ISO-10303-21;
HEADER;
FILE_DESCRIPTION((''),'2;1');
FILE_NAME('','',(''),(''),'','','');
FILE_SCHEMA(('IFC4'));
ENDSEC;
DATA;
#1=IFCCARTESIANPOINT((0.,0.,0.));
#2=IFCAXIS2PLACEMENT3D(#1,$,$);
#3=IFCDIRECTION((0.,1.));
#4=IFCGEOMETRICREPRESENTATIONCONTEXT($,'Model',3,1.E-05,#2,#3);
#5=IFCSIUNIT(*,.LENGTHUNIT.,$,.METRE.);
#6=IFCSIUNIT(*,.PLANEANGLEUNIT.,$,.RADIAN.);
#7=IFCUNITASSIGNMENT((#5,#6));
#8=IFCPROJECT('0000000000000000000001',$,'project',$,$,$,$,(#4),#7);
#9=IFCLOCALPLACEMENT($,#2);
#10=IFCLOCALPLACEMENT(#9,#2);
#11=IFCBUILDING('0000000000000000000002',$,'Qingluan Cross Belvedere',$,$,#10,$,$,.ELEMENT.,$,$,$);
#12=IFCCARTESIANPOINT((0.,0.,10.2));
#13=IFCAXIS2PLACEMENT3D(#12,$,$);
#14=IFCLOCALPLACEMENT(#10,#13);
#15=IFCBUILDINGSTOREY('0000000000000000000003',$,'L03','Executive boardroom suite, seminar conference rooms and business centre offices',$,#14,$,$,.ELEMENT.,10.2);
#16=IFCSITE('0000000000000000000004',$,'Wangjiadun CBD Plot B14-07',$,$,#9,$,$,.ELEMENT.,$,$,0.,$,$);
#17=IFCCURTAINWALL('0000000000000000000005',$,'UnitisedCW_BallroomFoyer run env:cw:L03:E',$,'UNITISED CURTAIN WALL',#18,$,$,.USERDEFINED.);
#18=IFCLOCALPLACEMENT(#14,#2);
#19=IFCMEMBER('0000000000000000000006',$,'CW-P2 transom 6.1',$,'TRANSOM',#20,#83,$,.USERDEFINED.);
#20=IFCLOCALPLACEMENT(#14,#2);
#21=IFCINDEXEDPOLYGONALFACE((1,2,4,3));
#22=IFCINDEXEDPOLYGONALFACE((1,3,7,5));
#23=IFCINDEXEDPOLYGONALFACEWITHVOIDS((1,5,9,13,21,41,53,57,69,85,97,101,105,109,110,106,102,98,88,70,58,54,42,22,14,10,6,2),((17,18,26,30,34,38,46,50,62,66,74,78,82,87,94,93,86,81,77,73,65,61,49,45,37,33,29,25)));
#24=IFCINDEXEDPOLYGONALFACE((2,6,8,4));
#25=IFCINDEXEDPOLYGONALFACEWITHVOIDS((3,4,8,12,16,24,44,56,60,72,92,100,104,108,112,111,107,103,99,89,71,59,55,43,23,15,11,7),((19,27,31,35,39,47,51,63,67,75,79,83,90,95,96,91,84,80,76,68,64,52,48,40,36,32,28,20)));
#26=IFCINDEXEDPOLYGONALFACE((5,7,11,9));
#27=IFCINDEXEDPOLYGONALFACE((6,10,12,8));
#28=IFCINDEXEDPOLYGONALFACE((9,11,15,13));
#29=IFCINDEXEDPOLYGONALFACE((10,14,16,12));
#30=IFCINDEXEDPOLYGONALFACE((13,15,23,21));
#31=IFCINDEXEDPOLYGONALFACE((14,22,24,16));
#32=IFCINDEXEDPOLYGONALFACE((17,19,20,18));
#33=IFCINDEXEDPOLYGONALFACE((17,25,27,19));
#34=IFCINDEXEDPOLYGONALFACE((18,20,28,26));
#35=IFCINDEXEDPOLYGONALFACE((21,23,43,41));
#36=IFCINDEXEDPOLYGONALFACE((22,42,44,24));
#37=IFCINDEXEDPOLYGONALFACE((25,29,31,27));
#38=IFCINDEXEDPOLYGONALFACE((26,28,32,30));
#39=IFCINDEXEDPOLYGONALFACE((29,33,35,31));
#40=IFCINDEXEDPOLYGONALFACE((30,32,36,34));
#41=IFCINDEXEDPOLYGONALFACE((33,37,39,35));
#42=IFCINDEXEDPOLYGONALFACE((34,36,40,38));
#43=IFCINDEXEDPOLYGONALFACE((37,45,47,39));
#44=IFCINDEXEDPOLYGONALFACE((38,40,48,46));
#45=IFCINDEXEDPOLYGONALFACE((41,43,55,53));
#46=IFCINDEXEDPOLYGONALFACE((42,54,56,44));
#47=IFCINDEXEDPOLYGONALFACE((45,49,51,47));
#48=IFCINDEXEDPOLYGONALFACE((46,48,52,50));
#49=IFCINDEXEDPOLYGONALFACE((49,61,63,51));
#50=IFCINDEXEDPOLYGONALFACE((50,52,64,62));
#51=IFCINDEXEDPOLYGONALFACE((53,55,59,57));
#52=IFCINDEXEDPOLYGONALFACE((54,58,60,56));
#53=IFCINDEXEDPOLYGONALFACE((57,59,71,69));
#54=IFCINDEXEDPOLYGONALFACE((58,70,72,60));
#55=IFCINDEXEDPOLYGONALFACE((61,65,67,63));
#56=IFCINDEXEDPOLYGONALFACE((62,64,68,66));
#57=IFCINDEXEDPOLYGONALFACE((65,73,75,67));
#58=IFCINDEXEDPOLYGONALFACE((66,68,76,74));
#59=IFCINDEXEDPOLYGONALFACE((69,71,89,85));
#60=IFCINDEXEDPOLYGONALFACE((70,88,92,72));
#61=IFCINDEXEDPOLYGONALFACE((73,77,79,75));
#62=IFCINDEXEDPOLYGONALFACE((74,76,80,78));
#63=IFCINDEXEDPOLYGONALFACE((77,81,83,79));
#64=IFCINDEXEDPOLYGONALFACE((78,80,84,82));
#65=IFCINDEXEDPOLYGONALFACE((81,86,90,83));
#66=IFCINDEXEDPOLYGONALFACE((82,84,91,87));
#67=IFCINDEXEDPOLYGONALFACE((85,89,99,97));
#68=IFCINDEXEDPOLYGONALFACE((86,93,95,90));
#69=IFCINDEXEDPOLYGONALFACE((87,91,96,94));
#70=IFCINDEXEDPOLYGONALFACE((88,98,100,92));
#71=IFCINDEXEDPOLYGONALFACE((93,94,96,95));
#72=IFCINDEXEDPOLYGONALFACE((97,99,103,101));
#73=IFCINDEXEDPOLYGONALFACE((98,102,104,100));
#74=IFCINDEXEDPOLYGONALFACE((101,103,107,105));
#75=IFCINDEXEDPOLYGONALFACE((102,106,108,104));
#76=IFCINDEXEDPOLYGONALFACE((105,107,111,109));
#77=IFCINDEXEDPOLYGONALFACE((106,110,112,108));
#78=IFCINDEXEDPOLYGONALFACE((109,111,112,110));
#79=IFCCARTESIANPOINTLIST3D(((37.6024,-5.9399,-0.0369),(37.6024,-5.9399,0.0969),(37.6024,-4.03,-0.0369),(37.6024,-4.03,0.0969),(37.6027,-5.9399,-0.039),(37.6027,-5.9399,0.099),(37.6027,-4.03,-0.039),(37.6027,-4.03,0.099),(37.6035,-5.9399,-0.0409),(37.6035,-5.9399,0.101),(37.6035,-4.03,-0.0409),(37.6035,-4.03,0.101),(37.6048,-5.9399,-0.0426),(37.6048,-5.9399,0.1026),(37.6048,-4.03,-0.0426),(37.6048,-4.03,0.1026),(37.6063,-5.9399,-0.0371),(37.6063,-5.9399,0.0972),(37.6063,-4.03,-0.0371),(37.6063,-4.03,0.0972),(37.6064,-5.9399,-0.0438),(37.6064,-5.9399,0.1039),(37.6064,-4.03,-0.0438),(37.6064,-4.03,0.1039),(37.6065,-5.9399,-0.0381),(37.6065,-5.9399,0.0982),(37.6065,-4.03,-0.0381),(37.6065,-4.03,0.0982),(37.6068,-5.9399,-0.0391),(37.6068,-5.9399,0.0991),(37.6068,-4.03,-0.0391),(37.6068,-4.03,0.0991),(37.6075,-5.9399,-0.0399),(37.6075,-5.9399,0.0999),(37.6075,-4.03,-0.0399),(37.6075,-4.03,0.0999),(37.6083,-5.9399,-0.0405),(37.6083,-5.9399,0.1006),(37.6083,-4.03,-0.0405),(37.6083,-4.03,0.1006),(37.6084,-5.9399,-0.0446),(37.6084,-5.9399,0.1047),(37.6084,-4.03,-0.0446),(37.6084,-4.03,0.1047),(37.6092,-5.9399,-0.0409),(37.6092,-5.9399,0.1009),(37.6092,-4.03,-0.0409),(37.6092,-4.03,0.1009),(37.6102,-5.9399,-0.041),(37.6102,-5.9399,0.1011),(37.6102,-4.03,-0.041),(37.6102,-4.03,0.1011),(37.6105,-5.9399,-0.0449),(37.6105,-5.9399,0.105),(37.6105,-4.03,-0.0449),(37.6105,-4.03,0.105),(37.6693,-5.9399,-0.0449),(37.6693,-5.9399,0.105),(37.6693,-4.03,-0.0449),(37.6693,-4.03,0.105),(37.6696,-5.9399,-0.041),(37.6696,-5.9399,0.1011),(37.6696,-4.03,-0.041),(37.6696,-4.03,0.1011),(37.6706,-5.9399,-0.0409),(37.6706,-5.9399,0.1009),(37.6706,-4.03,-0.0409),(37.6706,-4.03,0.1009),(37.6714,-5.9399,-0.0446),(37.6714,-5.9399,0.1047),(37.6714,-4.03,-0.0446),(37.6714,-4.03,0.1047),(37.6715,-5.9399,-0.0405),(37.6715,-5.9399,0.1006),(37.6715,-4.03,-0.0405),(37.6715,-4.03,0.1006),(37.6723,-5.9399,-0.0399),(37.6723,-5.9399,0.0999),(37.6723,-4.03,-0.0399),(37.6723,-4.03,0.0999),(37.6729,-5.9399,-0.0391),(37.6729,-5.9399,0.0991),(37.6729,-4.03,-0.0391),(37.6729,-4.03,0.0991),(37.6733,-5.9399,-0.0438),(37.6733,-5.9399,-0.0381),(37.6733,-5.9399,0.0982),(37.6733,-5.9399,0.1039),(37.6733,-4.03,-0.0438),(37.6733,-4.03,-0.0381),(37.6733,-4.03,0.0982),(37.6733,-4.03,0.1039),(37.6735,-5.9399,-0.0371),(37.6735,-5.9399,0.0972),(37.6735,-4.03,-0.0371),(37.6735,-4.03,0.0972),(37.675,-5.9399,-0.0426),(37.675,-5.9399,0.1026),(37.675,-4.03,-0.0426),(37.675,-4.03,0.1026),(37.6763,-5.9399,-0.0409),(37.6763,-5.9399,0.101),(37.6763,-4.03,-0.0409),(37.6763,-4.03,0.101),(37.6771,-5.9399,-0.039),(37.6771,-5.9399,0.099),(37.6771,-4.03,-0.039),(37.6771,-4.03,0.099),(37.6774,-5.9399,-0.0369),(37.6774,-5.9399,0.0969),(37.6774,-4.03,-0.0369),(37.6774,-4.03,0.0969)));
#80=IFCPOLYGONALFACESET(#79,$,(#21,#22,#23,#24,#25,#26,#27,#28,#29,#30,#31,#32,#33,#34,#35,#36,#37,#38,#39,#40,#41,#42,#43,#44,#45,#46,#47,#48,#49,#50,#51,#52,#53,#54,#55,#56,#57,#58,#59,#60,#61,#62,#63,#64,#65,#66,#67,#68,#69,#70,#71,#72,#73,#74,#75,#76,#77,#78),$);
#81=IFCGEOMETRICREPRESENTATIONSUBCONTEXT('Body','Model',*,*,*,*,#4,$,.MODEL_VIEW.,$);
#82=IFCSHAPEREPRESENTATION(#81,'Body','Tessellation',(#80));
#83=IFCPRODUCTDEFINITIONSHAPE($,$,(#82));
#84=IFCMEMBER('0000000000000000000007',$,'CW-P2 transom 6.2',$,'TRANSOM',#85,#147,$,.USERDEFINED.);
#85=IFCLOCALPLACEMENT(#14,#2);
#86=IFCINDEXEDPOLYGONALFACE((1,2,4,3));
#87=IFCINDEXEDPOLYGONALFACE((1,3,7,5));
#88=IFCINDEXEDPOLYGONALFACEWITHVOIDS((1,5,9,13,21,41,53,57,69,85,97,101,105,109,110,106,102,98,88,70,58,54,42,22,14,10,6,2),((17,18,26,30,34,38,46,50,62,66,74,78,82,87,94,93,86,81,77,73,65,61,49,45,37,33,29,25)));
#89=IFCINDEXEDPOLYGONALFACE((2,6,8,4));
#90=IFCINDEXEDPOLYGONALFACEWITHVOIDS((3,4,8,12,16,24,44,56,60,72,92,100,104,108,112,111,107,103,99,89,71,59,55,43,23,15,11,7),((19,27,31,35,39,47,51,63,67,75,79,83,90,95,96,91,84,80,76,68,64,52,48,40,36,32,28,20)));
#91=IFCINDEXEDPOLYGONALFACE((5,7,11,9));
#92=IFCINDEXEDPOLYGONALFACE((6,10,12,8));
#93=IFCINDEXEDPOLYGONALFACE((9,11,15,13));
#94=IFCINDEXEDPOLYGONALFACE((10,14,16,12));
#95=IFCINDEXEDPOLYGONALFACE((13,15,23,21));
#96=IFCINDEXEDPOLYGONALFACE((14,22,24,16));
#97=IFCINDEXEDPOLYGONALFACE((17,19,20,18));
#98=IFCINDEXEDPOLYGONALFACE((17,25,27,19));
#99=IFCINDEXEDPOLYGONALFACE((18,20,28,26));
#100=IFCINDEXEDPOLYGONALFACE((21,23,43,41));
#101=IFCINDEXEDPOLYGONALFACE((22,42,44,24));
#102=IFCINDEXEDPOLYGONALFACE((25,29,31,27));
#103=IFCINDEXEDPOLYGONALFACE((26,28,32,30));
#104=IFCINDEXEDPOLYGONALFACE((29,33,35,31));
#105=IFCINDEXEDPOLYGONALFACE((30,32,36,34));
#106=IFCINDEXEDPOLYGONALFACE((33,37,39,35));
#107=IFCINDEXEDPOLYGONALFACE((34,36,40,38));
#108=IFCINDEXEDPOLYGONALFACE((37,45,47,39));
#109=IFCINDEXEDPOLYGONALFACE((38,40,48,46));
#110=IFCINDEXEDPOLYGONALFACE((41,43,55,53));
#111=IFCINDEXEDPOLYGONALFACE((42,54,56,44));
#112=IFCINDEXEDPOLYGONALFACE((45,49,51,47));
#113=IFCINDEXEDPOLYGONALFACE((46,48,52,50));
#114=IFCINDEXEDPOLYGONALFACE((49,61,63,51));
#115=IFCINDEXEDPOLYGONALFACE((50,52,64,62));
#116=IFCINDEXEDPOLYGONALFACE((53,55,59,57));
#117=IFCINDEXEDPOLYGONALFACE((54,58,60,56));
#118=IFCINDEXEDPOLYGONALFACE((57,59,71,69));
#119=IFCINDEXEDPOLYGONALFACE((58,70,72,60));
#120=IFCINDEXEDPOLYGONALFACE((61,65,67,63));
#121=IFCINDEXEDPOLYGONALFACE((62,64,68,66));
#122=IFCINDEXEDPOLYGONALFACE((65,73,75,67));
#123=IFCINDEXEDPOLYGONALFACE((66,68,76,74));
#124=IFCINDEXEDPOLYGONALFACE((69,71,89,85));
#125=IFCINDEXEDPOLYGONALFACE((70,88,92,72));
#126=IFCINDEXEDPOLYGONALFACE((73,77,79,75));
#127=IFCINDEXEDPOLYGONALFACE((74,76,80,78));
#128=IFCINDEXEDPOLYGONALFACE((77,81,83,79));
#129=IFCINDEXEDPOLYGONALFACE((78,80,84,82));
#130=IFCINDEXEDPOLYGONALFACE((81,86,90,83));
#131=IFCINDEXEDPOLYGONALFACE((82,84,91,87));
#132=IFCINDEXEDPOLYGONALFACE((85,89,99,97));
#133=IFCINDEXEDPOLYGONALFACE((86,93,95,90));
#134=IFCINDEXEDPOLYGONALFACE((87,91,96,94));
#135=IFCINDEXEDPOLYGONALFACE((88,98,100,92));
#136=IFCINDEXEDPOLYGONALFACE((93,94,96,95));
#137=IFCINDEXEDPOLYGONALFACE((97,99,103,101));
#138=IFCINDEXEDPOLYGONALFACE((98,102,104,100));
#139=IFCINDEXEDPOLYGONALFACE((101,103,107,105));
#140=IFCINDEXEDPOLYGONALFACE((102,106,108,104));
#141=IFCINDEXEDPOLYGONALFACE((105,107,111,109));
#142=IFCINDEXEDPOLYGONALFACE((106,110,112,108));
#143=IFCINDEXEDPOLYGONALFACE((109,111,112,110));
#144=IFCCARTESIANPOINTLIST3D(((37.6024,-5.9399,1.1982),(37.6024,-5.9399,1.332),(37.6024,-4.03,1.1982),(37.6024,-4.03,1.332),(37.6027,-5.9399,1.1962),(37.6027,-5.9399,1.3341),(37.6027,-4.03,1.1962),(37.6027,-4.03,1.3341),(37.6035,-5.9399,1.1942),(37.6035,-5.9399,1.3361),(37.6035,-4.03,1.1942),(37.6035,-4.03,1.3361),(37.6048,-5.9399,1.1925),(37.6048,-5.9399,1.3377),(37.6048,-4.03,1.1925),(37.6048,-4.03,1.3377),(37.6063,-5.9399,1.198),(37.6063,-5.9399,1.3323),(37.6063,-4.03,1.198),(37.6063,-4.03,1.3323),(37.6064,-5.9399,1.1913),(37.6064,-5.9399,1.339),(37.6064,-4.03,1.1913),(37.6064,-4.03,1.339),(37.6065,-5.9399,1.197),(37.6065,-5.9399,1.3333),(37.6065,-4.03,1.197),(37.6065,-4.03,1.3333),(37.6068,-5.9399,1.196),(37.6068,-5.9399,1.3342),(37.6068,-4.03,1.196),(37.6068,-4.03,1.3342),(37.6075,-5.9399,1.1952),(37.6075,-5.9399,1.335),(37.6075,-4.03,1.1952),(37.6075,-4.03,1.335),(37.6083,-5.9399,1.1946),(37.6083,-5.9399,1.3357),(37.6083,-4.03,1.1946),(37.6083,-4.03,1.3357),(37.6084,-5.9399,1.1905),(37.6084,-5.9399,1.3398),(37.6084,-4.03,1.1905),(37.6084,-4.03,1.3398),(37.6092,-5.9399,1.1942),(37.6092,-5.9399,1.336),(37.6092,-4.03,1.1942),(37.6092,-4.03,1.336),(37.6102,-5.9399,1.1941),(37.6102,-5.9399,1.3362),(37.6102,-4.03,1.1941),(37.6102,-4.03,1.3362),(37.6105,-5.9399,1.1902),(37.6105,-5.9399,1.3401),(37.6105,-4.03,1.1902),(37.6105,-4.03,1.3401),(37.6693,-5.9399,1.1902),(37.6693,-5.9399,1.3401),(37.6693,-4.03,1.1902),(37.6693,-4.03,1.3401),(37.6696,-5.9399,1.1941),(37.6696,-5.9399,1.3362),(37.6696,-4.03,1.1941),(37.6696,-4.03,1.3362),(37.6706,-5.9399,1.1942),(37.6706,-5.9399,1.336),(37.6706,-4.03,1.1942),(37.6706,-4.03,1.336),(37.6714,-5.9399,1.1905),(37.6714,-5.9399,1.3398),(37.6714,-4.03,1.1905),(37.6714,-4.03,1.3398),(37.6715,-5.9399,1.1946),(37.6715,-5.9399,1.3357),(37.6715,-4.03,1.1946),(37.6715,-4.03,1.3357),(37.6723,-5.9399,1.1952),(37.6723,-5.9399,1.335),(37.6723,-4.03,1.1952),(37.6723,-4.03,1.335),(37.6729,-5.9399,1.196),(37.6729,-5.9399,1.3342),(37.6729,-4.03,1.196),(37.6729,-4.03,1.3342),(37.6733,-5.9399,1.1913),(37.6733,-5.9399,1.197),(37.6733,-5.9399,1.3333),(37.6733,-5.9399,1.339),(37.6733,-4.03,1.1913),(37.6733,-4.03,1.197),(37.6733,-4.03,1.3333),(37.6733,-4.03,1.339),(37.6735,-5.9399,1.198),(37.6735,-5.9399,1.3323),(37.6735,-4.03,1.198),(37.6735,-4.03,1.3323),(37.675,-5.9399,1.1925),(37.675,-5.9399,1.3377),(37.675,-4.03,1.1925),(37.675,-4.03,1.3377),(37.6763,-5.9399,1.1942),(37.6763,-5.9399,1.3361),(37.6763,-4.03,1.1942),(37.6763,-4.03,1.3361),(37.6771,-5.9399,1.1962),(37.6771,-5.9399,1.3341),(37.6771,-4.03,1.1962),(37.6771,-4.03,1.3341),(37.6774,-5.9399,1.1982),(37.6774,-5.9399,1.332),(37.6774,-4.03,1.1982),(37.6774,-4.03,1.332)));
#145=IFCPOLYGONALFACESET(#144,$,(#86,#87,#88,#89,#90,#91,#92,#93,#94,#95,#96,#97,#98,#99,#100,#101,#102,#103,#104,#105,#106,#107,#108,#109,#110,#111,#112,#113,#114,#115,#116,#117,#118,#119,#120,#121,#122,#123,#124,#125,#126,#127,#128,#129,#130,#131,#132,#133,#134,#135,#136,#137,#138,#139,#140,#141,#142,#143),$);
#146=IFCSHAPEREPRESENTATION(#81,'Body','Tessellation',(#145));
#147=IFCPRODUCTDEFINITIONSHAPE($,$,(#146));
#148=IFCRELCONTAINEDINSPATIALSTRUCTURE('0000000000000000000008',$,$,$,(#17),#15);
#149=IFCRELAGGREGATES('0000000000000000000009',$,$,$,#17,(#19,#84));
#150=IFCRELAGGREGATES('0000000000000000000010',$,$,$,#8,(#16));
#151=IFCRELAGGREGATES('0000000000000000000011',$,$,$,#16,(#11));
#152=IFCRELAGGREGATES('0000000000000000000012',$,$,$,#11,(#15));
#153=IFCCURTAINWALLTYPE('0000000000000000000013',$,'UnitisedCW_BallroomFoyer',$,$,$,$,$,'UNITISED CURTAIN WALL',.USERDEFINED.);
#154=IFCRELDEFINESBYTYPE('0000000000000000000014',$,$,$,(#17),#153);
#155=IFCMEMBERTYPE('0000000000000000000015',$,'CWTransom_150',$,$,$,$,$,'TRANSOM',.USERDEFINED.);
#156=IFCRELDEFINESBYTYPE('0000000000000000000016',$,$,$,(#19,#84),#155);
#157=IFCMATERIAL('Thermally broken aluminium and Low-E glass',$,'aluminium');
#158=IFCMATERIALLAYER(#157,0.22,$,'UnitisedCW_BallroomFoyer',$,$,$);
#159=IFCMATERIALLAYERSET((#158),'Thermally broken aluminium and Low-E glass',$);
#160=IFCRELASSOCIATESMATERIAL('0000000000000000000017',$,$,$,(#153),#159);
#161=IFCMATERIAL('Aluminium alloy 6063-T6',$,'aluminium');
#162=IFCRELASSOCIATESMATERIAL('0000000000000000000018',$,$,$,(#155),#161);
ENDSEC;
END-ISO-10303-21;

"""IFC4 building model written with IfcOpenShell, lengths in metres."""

from ifc_helpers import new_model, si_unit, direction, frame, origin, origin_2d, place, context, subcontext, project, spatial, hollow_rectangle, extrude, material, layer, layer_set, material_profile, profile_set, type_object, element, aggregate, save


model = new_model("IFC4")

# Units and contexts
model_context = context("Model", 3, precision=1e-05, world=origin(), true_north=direction((0.0, 1.0)))
body_context = subcontext(model_context, "Body", "Model", "MODEL_VIEW")
ifc_project = project(units=[si_unit("LENGTHUNIT", "METRE"), si_unit("PLANEANGLEUNIT", "RADIAN")], contexts=[model_context])

# Site, building, storey
site_placement = place(None, origin())
site = spatial("IfcSite", under=ifc_project, at=site_placement, Name="Wangjiadun CBD Plot B14-07", CompositionType="ELEMENT", RefElevation=0.0)
building_placement = place(site_placement, origin())
building = spatial("IfcBuilding", under=site, at=building_placement, Name="Qingluan Cross Belvedere", CompositionType="ELEMENT")
storey_placement = place(building_placement, frame((0.0, 0.0, 10.2)))
storey = spatial("IfcBuildingStorey", under=building, at=storey_placement, Name="L03", Description="Executive boardroom suite, seminar conference rooms and business centre offices", CompositionType="ELEMENT", Elevation=10.2)

# Curtain wall, members
ifc_material_1 = material(Name="Thermally broken aluminium and Low-E glass", Category="aluminium")
ifc_layer_1 = layer(ifc_material_1, 0.22, Name="UnitisedCW_BallroomFoyer")
ifc_layer_set_1 = layer_set([ifc_layer_1], Name="Thermally broken aluminium and Low-E glass")
curtain_wall_type = type_object("IfcCurtainWallType", Name="UnitisedCW_BallroomFoyer", ElementType="UNITISED CURTAIN WALL", PredefinedType="USERDEFINED", material=ifc_layer_set_1)
curtain_wall_placement = place(storey_placement, origin())
curtain_wall = element("IfcCurtainWall", 1, at=curtain_wall_placement, inside=storey, type_object=curtain_wall_type, Name="UnitisedCW_BallroomFoyer run env:cw:L03:E", ObjectType="UNITISED CURTAIN WALL", PredefinedType="USERDEFINED")
ifc_material_2 = material(Name="Aluminium alloy 6063-T6", Category="aluminium")
ifc_material_profile_1 = material_profile(ifc_material_2, hollow_rectangle(XDim=0.075, YDim=0.1499, WallThickness=0.0039, InnerFilletRadius=0.0039, OuterFilletRadius=0.0081, at=origin_2d()), Name="CWT150x75x4")
ifc_profile_set_1 = profile_set([ifc_material_profile_1], Name="Aluminium alloy 6063-T6")
member_type_1 = type_object("IfcMemberType", Name="CWTransom_150", ElementType="TRANSOM", PredefinedType="USERDEFINED", material=ifc_profile_set_1)
member_1_placement = place(storey_placement, frame((37.6399, -4.03, 0.03), z_axis=(0.0, -1.0, 0.0), x_axis=(1.0, 0.0, 0.0)))
member_1 = element("IfcMember", 2, at=member_1_placement, type_object=member_type_1, Name="CW-P2 transom 6.1", ObjectType="TRANSOM", PredefinedType="USERDEFINED", context=body_context, shape_type="SweptSolid", body=[
    extrude(hollow_rectangle(XDim=0.075, YDim=0.1499, WallThickness=0.0039, InnerFilletRadius=0.0039, OuterFilletRadius=0.0081, at=origin_2d()), origin(), (0.0, 0.0, 1.0), 1.9099),
])
member_2_placement = place(storey_placement, frame((37.6399, -4.03, 1.2651), z_axis=(0.0, -1.0, 0.0), x_axis=(1.0, 0.0, 0.0)))
member_2 = element("IfcMember", 3, at=member_2_placement, type_object=member_type_1, Name="CW-P2 transom 6.2", ObjectType="TRANSOM", PredefinedType="USERDEFINED", context=body_context, shape_type="SweptSolid", body=[
    extrude(hollow_rectangle(XDim=0.075, YDim=0.1499, WallThickness=0.0039, InnerFilletRadius=0.0039, OuterFilletRadius=0.0081, at=origin_2d()), origin(), (0.0, 0.0, 1.0), 1.9099),
])

aggregate(curtain_wall, [member_1, member_2])

save(model, "model.ifc")
